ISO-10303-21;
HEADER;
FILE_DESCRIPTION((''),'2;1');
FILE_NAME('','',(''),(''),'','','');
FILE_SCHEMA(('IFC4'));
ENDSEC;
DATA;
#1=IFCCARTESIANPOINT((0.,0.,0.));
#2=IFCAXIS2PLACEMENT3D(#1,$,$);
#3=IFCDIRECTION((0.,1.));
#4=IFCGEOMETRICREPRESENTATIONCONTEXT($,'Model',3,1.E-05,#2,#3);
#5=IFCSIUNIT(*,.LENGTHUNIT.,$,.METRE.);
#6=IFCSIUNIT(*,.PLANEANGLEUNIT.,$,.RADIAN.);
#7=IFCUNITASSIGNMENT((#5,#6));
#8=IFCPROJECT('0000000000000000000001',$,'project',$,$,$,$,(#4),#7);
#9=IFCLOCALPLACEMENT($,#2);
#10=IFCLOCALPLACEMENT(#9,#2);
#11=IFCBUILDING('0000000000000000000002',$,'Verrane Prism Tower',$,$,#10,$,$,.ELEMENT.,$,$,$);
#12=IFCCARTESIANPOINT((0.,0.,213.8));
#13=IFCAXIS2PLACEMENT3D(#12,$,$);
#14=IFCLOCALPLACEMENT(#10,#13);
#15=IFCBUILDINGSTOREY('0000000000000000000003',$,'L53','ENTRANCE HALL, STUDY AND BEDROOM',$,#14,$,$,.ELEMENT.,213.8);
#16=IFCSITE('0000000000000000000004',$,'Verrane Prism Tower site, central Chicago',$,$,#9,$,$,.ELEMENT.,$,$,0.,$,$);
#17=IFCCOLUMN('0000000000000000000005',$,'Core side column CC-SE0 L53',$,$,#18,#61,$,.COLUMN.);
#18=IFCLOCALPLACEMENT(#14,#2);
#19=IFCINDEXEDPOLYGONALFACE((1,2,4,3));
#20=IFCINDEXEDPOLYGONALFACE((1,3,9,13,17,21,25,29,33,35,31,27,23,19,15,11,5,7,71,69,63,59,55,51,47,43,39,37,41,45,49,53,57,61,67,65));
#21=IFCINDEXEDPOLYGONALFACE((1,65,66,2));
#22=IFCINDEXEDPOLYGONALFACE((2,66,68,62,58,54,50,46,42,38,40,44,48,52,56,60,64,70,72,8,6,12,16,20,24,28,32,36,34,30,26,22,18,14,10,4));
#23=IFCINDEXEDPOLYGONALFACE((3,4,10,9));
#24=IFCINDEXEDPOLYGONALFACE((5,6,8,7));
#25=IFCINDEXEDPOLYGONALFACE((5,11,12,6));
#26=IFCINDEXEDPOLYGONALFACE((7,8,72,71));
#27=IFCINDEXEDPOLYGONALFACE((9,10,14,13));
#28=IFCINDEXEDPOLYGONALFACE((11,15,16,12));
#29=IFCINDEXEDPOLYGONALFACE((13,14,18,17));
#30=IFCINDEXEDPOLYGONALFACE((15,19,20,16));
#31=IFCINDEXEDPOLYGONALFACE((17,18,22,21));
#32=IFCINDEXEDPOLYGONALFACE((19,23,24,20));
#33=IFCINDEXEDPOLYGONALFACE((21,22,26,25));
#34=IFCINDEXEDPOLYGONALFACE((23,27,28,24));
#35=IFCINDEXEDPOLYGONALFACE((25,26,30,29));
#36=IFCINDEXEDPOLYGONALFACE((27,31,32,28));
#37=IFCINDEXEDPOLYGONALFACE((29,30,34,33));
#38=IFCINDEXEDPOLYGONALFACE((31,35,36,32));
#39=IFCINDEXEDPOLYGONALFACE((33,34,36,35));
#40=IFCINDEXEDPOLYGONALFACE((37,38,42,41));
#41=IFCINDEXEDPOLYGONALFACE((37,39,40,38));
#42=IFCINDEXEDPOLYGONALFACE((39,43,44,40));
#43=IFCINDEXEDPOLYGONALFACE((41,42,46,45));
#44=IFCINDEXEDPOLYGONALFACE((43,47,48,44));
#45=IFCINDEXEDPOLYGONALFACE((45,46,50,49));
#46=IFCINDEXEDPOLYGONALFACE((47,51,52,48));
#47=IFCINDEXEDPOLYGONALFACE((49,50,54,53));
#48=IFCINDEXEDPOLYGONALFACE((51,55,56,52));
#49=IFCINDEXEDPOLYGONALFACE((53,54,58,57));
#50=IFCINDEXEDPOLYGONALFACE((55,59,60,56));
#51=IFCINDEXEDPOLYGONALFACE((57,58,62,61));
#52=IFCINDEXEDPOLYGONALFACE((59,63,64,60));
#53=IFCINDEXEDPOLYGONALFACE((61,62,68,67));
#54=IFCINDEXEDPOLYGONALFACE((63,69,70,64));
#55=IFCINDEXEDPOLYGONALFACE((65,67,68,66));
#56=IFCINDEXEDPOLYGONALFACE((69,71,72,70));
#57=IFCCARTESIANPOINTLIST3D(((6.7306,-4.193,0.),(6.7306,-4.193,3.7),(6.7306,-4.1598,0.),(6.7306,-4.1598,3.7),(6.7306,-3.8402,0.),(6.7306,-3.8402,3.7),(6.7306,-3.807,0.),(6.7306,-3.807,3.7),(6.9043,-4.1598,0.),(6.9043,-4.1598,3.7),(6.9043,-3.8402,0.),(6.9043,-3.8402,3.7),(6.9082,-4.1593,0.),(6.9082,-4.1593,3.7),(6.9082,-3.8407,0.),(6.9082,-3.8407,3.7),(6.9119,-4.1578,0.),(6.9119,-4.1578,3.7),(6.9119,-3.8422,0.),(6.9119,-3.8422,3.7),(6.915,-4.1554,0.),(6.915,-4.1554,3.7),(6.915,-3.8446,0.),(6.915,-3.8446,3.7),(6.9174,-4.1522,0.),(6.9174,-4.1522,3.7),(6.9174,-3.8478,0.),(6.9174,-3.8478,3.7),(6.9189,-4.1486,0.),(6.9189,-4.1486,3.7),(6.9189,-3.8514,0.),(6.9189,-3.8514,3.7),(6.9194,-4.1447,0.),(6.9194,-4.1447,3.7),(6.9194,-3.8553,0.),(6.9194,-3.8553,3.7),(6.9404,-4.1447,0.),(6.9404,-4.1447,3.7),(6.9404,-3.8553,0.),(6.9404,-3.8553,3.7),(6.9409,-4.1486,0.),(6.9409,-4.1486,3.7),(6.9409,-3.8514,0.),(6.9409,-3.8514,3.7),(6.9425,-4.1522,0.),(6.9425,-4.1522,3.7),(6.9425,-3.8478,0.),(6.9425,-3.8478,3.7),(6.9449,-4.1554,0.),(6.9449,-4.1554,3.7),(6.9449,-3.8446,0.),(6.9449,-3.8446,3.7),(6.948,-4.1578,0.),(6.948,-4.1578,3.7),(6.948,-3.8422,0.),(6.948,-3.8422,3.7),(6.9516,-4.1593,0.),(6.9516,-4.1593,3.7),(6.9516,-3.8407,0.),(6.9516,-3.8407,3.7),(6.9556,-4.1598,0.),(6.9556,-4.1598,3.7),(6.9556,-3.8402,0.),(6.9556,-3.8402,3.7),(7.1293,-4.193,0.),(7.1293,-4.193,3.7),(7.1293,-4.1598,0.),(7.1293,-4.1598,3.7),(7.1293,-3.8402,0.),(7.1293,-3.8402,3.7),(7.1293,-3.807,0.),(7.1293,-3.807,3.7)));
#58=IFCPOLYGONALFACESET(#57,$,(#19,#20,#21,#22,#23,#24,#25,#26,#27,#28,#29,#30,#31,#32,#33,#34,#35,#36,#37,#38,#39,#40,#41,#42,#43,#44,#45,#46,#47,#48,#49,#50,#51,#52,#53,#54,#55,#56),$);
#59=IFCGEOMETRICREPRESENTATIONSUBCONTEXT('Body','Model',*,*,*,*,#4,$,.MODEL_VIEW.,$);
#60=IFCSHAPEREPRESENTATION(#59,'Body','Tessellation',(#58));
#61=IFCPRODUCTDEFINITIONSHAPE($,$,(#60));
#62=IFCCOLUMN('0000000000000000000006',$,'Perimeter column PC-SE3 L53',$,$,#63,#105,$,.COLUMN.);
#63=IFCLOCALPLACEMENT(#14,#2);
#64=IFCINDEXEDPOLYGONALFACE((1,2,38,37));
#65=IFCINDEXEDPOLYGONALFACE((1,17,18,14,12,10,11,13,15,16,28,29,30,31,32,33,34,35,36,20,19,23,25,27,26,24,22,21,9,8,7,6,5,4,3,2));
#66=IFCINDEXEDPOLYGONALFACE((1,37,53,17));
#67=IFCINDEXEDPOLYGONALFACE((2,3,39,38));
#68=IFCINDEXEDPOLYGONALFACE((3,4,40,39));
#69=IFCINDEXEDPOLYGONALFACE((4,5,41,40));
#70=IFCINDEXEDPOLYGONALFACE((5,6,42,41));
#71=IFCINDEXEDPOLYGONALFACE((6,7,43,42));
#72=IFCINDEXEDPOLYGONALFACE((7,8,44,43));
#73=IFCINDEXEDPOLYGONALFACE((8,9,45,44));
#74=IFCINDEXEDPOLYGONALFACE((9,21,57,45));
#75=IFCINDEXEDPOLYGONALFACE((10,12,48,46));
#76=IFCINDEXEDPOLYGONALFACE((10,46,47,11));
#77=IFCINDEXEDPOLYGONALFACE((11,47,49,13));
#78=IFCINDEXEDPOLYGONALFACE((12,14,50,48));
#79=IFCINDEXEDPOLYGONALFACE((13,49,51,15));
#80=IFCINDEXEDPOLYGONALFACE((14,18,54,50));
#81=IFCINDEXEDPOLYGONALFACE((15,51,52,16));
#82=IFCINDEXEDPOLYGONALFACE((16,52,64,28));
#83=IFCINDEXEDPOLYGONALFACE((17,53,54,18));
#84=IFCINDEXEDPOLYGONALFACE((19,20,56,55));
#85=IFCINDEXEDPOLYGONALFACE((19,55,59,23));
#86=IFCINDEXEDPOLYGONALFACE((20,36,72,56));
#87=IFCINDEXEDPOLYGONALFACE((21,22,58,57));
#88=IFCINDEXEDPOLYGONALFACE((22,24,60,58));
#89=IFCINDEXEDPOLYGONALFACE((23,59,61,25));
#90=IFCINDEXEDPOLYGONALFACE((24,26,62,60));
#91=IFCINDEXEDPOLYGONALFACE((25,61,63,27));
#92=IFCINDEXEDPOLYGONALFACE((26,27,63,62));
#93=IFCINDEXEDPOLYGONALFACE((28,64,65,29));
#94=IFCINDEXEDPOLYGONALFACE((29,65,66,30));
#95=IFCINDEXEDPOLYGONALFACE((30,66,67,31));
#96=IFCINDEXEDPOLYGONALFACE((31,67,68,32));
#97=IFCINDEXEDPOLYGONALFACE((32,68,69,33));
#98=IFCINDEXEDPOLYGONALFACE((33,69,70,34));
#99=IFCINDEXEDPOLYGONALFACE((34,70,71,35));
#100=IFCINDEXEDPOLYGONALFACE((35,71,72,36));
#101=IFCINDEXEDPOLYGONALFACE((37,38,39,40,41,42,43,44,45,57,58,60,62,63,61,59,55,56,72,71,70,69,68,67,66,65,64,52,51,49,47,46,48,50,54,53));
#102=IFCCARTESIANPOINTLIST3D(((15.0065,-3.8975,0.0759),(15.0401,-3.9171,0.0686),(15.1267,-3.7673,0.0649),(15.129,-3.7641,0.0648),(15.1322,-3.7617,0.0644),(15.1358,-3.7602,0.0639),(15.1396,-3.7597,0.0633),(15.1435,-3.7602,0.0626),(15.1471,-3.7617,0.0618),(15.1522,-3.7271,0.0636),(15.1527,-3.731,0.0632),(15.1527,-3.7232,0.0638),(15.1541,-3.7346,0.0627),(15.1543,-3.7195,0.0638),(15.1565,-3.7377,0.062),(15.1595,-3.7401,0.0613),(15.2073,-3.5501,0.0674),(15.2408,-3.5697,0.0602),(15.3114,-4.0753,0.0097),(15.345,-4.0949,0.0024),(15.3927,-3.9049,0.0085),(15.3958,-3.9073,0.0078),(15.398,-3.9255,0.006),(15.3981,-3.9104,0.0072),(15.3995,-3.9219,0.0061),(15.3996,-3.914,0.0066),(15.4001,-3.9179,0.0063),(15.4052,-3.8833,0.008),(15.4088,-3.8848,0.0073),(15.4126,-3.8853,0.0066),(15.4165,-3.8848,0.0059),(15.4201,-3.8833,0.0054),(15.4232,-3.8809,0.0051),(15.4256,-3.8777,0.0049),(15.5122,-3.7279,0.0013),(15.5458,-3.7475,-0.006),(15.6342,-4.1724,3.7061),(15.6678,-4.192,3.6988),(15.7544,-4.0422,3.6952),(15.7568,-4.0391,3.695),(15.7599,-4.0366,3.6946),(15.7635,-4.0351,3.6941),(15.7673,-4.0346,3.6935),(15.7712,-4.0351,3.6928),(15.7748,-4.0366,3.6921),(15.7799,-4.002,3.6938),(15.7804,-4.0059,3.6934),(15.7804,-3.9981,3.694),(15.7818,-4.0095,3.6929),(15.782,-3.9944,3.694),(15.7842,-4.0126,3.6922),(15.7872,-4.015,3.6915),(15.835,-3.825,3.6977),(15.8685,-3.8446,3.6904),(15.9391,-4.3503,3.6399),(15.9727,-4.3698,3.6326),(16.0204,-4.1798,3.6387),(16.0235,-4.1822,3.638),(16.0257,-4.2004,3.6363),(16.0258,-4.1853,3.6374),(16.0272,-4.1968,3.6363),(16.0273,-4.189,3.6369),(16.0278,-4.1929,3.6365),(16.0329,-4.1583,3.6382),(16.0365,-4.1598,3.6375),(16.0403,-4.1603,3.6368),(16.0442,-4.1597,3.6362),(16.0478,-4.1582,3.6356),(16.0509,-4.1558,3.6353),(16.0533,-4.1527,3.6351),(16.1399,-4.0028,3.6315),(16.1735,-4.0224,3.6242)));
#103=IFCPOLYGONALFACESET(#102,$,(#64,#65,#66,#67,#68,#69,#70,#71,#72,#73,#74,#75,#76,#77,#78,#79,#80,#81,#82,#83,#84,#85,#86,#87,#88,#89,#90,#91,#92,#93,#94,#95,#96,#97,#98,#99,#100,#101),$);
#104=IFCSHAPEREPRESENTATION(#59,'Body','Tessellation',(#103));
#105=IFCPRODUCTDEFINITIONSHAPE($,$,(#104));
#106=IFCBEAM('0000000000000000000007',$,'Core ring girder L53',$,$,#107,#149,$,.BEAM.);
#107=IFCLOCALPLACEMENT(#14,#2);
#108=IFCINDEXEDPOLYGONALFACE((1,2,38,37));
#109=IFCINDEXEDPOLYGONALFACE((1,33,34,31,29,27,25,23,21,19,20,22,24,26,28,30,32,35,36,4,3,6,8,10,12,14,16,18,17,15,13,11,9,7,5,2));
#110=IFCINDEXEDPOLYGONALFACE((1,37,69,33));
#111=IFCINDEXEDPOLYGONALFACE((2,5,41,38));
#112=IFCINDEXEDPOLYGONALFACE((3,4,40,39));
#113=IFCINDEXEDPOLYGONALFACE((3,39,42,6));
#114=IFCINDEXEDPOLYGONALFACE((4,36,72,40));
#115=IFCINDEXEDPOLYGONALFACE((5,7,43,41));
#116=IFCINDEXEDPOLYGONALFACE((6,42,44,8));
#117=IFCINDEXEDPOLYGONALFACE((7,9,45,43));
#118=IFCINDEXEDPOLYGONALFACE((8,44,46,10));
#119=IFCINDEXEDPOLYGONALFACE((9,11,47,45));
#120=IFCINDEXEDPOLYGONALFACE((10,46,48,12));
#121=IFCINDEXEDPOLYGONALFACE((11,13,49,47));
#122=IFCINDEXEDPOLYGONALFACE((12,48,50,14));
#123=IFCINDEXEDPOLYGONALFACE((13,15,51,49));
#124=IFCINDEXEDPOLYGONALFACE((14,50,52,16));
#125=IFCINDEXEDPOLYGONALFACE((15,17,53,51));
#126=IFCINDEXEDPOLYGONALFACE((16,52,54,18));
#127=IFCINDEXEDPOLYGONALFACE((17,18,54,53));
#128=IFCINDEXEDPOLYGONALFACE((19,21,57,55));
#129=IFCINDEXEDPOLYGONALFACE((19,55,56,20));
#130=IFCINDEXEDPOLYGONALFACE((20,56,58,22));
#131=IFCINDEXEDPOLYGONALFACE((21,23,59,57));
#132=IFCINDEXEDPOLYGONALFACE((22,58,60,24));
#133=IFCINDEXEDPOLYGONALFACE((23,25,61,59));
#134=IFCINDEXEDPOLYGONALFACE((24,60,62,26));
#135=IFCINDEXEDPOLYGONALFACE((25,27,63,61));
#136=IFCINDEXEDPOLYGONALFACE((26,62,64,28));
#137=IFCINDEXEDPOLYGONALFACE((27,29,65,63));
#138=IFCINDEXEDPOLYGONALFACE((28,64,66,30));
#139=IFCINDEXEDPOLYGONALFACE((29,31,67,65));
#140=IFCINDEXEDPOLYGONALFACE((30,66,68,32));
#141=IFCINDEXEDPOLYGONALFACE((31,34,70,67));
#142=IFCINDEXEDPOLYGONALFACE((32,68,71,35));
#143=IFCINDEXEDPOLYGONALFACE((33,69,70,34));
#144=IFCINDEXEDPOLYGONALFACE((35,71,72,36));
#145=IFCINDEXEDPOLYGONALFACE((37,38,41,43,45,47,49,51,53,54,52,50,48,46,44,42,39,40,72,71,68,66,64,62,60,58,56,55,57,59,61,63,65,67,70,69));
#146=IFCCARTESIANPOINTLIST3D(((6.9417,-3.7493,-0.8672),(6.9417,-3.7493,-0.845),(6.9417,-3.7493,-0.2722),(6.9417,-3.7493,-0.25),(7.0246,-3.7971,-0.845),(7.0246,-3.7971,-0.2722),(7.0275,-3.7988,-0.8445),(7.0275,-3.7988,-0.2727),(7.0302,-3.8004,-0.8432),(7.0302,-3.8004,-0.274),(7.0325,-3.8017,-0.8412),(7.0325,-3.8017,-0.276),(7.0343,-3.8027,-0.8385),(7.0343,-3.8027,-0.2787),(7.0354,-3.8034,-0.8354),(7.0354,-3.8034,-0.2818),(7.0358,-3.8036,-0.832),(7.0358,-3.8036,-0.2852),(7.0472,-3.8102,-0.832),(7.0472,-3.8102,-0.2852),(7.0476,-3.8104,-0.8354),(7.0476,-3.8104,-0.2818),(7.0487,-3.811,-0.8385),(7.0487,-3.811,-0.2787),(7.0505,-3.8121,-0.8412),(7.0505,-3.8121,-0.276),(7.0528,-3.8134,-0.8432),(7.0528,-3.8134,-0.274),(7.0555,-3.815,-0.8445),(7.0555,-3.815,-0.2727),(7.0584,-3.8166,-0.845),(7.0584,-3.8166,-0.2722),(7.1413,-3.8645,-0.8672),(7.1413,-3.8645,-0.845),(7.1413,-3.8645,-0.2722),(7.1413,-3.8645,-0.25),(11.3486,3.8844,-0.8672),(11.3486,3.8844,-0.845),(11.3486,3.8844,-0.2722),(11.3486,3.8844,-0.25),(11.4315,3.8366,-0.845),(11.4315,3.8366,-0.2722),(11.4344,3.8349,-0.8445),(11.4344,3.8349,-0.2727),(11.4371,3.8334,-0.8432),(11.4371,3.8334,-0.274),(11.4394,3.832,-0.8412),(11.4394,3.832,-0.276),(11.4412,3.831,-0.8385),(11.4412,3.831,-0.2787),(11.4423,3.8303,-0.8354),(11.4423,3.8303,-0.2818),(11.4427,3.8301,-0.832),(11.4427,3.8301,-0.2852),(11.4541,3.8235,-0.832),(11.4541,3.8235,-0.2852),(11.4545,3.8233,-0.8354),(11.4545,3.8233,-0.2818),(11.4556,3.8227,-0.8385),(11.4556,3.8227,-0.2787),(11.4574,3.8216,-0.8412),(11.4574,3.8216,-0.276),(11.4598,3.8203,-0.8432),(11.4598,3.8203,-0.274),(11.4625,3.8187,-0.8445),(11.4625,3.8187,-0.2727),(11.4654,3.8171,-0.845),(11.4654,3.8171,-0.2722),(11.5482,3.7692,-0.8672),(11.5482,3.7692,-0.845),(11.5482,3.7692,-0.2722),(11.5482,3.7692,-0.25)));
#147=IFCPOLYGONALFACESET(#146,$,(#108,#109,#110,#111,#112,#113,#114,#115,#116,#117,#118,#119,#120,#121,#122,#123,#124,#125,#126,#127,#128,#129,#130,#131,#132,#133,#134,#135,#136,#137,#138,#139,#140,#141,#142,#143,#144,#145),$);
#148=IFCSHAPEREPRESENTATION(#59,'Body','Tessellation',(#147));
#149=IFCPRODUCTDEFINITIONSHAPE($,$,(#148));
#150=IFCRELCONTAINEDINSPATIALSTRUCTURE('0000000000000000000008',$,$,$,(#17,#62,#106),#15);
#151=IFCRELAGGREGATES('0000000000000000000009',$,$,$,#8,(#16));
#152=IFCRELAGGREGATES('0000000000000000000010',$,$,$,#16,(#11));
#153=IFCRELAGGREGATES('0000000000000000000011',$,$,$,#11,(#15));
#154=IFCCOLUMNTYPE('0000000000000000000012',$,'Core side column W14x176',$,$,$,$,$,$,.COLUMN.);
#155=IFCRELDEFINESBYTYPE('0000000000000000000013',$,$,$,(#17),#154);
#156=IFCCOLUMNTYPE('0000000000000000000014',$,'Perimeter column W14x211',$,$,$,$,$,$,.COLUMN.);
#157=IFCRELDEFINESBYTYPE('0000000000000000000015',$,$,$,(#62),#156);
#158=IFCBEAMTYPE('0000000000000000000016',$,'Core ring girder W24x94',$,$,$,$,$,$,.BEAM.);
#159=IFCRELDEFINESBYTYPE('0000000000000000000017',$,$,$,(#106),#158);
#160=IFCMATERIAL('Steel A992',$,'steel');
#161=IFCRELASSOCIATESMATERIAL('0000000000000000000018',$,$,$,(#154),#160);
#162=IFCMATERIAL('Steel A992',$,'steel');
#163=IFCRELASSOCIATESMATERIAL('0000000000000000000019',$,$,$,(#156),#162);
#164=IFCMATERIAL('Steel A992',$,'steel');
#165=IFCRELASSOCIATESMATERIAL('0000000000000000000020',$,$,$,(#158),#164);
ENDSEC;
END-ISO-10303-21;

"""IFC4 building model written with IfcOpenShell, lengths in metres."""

from ifc_helpers import new_model, si_unit, direction, frame, origin, origin_2d, place, context, subcontext, project, spatial, i_section, extrude, material, material_profile, profile_set, type_object, element, save


model = new_model("IFC4")

# Units and contexts
model_context = context("Model", 3, precision=1e-05, world=origin(), true_north=direction((0.0, 1.0)))
body_context = subcontext(model_context, "Body", "Model", "MODEL_VIEW")
ifc_project = project(units=[si_unit("LENGTHUNIT", "METRE"), si_unit("PLANEANGLEUNIT", "RADIAN")], contexts=[model_context])

# Site, building, storey
site_placement = place(None, origin())
site = spatial("IfcSite", under=ifc_project, at=site_placement, Name="Verrane Prism Tower site, central Chicago", CompositionType="ELEMENT", RefElevation=0.0)
building_placement = place(site_placement, origin())
building = spatial("IfcBuilding", under=site, at=building_placement, Name="Verrane Prism Tower", CompositionType="ELEMENT")
storey_placement = place(building_placement, frame((0.0, 0.0, 213.8)))
storey = spatial("IfcBuildingStorey", under=building, at=storey_placement, Name="L53", Description="ENTRANCE HALL, STUDY AND BEDROOM", CompositionType="ELEMENT", Elevation=213.8)

# Columns
ifc_material_1 = material(Name="Steel A992", Category="steel")
ifc_material_profile_1 = material_profile(ifc_material_1, i_section(OverallWidth=0.3987, OverallDepth=0.386, WebThickness=0.021, FlangeThickness=0.0332, FilletRadius=0.0151, at=origin_2d()), Name="W14x176")
ifc_profile_set_1 = profile_set([ifc_material_profile_1], Name="Steel A992")
column_type_1 = type_object("IfcColumnType", Name="Core side column W14x176", PredefinedType="COLUMN", material=ifc_profile_set_1)
column_1_placement = place(storey_placement, frame((6.9299, -4.0, 0.0), z_axis=(0.0, 0.0, 1.0), x_axis=(1.0, 0.0, 0.0)))
element("IfcColumn", 1, at=column_1_placement, inside=storey, type_object=column_type_1, Name="Core side column CC-SE0 L53", PredefinedType="COLUMN", context=body_context, shape_type="SweptSolid", body=[
    extrude(i_section(OverallWidth=0.3987, OverallDepth=0.386, WebThickness=0.021, FlangeThickness=0.0332, FilletRadius=0.0151, at=origin_2d()), origin(), (0.0, 0.0, 1.0), 3.7),
])
ifc_material_2 = material(Name="Steel A992", Category="steel")
ifc_material_profile_2 = material_profile(ifc_material_2, i_section(OverallWidth=0.4014, OverallDepth=0.3987, WebThickness=0.0249, FlangeThickness=0.0396, FilletRadius=0.0151, at=origin_2d()), Name="W14x211")
ifc_profile_set_2 = profile_set([ifc_material_profile_2], Name="Steel A992")
column_type_2 = type_object("IfcColumnType", Name="Perimeter column W14x211", PredefinedType="COLUMN", material=ifc_profile_set_2)
column_2_placement = place(storey_placement, frame((15.2761, -3.8225, 0.0349), z_axis=(0.169909, -0.074414, 0.982646), x_axis=(-0.500226, -0.865642, 0.020941)))
element("IfcColumn", 2, at=column_2_placement, inside=storey, type_object=column_type_2, Name="Perimeter column PC-SE3 L53", PredefinedType="COLUMN", context=body_context, shape_type="SweptSolid", body=[
    extrude(i_section(OverallWidth=0.4014, OverallDepth=0.3987, WebThickness=0.0249, FlangeThickness=0.0396, FilletRadius=0.0151, at=origin_2d()), origin(), (0.0, 0.0, 1.0), 3.6943),
])

# Beam
ifc_material_3 = material(Name="Steel A992", Category="steel")
ifc_material_profile_3 = material_profile(ifc_material_3, i_section(OverallWidth=0.2305, OverallDepth=0.6172, WebThickness=0.0132, FlangeThickness=0.0222, FilletRadius=0.0129, at=origin_2d()), Name="W24x94")
ifc_profile_set_3 = profile_set([ifc_material_profile_3], Name="Steel A992")
beam_type_1 = type_object("IfcBeamType", Name="Core ring girder W24x94", PredefinedType="BEAM", material=ifc_profile_set_3)
beam_1_placement = place(storey_placement, frame((7.0415, -3.8069, -0.5586), z_axis=(0.499967, 0.866044, 0.0), x_axis=(-0.866044, 0.499967, 0.0)))
element("IfcBeam", 3, at=beam_1_placement, inside=storey, type_object=beam_type_1, Name="Core ring girder L53", PredefinedType="BEAM", context=body_context, shape_type="SweptSolid", body=[
    extrude(i_section(OverallWidth=0.2305, OverallDepth=0.6172, WebThickness=0.0132, FlangeThickness=0.0222, FilletRadius=0.0129, at=origin_2d()), origin(), (0.0, 0.0, 1.0), 8.8145),
])

save(model, "model.ifc")
